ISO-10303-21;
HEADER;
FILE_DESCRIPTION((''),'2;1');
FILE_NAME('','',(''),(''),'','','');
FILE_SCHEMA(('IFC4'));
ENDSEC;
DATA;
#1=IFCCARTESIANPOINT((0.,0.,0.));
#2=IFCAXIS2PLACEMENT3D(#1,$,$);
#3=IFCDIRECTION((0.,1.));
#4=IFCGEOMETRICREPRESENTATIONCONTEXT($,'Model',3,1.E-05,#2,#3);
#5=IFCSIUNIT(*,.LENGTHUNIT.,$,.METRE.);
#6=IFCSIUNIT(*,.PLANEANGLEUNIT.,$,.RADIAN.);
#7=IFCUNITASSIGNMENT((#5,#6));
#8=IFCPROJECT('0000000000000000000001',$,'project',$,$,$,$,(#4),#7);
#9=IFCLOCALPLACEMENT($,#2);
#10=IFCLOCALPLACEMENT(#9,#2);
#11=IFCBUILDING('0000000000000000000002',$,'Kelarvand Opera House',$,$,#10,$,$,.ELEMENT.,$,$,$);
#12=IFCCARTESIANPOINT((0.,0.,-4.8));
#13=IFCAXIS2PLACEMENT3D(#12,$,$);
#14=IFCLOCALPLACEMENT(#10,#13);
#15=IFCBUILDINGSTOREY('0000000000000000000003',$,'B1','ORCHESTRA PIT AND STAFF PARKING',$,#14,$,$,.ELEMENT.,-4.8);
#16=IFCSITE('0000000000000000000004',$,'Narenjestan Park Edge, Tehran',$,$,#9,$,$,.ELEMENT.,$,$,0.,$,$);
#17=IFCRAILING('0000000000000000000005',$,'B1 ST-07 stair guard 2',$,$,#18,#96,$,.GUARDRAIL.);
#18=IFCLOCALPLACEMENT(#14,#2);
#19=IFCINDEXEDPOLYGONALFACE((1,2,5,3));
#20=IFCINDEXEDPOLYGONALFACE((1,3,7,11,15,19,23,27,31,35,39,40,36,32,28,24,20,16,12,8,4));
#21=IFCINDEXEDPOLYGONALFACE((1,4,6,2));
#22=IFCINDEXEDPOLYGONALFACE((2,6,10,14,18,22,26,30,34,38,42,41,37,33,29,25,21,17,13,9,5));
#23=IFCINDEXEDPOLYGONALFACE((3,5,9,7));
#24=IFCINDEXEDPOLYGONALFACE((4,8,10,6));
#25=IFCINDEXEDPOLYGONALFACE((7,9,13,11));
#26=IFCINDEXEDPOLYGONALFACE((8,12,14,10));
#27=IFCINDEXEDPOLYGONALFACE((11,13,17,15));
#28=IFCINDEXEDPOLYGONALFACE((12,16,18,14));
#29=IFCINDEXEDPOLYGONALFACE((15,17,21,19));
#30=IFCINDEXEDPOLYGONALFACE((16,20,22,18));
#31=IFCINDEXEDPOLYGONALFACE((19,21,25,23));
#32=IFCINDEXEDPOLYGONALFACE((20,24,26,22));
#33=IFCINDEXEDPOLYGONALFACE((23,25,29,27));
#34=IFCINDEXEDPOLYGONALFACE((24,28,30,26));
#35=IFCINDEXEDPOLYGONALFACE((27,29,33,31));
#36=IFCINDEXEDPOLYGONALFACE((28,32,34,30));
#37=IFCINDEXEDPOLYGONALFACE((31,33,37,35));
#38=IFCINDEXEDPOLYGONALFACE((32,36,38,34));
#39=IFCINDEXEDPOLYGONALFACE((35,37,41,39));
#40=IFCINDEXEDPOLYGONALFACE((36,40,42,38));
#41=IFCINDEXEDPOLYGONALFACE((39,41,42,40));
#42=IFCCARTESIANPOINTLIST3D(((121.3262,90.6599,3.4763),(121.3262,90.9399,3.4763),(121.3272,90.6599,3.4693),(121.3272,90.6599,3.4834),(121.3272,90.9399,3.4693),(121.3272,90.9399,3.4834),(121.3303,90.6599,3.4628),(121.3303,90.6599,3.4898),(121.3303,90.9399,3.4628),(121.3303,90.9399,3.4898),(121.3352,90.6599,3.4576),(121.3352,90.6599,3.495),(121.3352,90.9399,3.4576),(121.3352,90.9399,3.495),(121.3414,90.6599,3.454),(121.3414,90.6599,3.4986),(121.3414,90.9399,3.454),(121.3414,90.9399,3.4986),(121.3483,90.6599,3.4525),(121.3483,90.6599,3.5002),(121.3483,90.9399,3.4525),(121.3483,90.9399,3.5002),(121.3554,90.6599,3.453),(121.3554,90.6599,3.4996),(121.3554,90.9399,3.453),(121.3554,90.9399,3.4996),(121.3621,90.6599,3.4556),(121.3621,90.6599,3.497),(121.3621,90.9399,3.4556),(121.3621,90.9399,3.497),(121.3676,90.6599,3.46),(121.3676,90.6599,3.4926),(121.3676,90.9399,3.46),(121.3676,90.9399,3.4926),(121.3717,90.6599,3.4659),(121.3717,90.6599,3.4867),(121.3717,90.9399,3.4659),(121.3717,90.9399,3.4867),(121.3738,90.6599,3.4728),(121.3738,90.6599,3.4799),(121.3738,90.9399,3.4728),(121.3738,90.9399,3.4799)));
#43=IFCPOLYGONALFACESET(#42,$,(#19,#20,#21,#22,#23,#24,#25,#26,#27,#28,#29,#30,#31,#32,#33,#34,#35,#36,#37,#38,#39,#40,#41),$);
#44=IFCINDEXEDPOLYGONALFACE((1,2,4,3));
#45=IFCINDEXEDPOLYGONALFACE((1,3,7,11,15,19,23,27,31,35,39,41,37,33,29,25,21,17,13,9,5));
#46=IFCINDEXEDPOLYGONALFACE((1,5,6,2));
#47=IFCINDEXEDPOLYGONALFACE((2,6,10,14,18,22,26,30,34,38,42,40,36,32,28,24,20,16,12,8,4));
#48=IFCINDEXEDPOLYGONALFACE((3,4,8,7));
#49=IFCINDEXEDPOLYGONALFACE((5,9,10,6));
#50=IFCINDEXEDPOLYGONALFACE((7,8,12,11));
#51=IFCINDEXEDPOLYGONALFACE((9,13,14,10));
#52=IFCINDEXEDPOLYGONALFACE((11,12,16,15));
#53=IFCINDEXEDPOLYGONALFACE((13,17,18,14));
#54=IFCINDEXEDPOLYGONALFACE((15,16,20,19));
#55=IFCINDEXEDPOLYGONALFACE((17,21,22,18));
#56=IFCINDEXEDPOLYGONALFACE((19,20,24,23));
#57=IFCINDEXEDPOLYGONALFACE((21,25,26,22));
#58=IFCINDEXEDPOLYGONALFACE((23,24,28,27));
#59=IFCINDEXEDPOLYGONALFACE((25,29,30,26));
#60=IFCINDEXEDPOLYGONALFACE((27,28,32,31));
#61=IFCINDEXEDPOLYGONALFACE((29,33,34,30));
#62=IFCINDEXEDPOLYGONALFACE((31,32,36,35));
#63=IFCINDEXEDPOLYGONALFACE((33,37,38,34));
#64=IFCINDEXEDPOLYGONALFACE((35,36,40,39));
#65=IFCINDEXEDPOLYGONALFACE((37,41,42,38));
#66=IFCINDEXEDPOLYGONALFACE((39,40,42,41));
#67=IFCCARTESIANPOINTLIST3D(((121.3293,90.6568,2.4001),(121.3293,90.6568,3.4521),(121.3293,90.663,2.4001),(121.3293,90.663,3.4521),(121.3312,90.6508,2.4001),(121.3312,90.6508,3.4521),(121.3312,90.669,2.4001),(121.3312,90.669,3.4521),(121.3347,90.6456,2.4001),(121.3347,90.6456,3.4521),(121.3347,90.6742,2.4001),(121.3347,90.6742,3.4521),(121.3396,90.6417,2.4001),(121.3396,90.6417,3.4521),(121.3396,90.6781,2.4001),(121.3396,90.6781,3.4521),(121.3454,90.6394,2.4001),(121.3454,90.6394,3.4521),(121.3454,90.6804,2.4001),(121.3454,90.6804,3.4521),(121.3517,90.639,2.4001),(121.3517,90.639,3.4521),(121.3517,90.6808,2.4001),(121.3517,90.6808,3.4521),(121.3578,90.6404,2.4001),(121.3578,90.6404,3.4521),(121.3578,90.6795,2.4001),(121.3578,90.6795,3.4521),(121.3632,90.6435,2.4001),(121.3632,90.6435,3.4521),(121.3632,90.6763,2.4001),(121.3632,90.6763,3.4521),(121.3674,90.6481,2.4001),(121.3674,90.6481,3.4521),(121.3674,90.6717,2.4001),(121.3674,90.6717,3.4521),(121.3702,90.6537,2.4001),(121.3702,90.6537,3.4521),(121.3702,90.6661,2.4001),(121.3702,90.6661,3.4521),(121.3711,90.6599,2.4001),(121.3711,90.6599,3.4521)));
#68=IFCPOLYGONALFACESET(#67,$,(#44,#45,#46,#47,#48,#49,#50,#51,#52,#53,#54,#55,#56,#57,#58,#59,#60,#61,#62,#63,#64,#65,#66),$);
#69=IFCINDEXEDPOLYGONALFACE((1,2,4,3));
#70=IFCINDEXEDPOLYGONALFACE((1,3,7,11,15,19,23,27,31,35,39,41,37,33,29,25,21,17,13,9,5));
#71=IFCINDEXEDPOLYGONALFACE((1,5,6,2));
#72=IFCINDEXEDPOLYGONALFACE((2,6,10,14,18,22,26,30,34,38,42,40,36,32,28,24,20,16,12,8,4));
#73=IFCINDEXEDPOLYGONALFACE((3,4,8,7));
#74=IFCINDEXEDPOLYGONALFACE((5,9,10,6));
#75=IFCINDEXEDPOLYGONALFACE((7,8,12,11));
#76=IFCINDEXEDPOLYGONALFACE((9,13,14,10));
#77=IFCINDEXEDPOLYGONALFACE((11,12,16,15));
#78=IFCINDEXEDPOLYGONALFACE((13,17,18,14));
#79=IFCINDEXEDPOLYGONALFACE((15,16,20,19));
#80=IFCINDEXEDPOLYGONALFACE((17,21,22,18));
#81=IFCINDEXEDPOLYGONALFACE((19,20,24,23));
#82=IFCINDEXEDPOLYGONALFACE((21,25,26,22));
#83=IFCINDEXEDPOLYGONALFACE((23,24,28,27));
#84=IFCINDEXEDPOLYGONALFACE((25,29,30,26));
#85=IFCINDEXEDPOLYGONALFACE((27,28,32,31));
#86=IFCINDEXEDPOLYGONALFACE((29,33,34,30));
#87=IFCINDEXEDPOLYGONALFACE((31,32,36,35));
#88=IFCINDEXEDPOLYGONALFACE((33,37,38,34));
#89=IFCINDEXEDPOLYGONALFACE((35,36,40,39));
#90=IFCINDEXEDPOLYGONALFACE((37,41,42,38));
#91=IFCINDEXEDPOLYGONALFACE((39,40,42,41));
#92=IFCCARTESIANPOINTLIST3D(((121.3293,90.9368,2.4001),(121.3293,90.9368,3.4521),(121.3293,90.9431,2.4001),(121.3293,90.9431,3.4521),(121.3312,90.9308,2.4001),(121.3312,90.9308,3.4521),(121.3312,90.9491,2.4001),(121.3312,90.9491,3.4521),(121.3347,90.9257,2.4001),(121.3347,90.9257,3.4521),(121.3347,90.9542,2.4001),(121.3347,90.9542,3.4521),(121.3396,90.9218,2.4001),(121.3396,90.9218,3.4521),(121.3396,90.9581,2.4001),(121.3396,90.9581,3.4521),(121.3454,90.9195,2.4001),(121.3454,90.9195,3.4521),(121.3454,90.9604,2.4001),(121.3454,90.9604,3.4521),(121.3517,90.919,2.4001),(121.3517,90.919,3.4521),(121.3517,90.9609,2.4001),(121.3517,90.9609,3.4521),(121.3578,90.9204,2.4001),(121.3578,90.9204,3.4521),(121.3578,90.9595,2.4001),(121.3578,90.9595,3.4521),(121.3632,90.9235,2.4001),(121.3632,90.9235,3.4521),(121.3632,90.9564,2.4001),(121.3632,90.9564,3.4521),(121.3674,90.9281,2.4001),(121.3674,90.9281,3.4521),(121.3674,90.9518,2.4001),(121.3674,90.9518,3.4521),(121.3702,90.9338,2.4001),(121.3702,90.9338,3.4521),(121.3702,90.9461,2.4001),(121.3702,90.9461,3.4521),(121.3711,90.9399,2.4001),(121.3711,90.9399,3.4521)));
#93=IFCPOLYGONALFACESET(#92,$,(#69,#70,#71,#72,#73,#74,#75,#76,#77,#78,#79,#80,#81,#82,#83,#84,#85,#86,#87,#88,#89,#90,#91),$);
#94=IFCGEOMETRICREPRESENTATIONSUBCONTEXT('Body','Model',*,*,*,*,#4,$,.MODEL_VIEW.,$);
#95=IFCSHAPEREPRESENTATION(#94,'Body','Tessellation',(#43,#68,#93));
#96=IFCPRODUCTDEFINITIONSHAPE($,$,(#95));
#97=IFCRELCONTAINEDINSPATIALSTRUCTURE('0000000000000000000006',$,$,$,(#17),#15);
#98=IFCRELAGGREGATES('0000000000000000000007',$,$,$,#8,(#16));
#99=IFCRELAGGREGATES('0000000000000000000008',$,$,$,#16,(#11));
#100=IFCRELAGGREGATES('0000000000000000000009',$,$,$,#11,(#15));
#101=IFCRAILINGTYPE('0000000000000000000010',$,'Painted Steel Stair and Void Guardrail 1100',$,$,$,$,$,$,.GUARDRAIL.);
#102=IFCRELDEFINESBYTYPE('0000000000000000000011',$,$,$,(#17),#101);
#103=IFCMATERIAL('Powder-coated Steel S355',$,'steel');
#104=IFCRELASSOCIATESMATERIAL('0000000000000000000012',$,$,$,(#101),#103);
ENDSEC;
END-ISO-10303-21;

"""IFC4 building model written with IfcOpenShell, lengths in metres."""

from ifc_helpers import new_model, si_unit, direction, frame, origin, origin_2d, place, context, subcontext, project, spatial, circle, extrude, material, type_object, element, save


model = new_model("IFC4")

# Units and contexts
model_context = context("Model", 3, precision=1e-05, world=origin(), true_north=direction((0.0, 1.0)))
body_context = subcontext(model_context, "Body", "Model", "MODEL_VIEW")
ifc_project = project(units=[si_unit("LENGTHUNIT", "METRE"), si_unit("PLANEANGLEUNIT", "RADIAN")], contexts=[model_context])

# Site, building, storey
site_placement = place(None, origin())
site = spatial("IfcSite", under=ifc_project, at=site_placement, Name="Narenjestan Park Edge, Tehran", CompositionType="ELEMENT", RefElevation=0.0)
building_placement = place(site_placement, origin())
building = spatial("IfcBuilding", under=site, at=building_placement, Name="Kelarvand Opera House", CompositionType="ELEMENT")
storey_placement = place(building_placement, frame((0.0, 0.0, -4.8)))
storey = spatial("IfcBuildingStorey", under=building, at=storey_placement, Name="B1", Description="ORCHESTRA PIT AND STAFF PARKING", CompositionType="ELEMENT", Elevation=-4.8)

# Railing
ifc_material_1 = material(Name="Powder-coated Steel S355", Category="steel")
railing_type_1 = type_object("IfcRailingType", Name="Painted Steel Stair and Void Guardrail 1100", PredefinedType="GUARDRAIL", material=ifc_material_1)
railing_1_placement = place(storey_placement, frame((121.3501, 90.6599, 2.4001)))
element("IfcRailing", 1, at=railing_1_placement, inside=storey, type_object=railing_type_1, Name="B1 ST-07 stair guard 2", PredefinedType="GUARDRAIL", context=body_context, shape_type="SweptSolid", body=[
    extrude(circle(Radius=0.0239, at=origin_2d()), frame((0.0, 0.0, 1.0762), z_axis=(0.0, 1.0, 0.0), x_axis=(-1.0, 0.0, 0.0)), (0.0, 0.0, 1.0), 0.28),
    extrude(circle(Radius=0.021, at=origin_2d()), origin(), (0.0, 0.0, 1.0), 1.052),
    extrude(circle(Radius=0.021, at=origin_2d()), frame((0.0, 0.28, 0.0)), (0.0, 0.0, 1.0), 1.052),
])

save(model, "model.ifc")
